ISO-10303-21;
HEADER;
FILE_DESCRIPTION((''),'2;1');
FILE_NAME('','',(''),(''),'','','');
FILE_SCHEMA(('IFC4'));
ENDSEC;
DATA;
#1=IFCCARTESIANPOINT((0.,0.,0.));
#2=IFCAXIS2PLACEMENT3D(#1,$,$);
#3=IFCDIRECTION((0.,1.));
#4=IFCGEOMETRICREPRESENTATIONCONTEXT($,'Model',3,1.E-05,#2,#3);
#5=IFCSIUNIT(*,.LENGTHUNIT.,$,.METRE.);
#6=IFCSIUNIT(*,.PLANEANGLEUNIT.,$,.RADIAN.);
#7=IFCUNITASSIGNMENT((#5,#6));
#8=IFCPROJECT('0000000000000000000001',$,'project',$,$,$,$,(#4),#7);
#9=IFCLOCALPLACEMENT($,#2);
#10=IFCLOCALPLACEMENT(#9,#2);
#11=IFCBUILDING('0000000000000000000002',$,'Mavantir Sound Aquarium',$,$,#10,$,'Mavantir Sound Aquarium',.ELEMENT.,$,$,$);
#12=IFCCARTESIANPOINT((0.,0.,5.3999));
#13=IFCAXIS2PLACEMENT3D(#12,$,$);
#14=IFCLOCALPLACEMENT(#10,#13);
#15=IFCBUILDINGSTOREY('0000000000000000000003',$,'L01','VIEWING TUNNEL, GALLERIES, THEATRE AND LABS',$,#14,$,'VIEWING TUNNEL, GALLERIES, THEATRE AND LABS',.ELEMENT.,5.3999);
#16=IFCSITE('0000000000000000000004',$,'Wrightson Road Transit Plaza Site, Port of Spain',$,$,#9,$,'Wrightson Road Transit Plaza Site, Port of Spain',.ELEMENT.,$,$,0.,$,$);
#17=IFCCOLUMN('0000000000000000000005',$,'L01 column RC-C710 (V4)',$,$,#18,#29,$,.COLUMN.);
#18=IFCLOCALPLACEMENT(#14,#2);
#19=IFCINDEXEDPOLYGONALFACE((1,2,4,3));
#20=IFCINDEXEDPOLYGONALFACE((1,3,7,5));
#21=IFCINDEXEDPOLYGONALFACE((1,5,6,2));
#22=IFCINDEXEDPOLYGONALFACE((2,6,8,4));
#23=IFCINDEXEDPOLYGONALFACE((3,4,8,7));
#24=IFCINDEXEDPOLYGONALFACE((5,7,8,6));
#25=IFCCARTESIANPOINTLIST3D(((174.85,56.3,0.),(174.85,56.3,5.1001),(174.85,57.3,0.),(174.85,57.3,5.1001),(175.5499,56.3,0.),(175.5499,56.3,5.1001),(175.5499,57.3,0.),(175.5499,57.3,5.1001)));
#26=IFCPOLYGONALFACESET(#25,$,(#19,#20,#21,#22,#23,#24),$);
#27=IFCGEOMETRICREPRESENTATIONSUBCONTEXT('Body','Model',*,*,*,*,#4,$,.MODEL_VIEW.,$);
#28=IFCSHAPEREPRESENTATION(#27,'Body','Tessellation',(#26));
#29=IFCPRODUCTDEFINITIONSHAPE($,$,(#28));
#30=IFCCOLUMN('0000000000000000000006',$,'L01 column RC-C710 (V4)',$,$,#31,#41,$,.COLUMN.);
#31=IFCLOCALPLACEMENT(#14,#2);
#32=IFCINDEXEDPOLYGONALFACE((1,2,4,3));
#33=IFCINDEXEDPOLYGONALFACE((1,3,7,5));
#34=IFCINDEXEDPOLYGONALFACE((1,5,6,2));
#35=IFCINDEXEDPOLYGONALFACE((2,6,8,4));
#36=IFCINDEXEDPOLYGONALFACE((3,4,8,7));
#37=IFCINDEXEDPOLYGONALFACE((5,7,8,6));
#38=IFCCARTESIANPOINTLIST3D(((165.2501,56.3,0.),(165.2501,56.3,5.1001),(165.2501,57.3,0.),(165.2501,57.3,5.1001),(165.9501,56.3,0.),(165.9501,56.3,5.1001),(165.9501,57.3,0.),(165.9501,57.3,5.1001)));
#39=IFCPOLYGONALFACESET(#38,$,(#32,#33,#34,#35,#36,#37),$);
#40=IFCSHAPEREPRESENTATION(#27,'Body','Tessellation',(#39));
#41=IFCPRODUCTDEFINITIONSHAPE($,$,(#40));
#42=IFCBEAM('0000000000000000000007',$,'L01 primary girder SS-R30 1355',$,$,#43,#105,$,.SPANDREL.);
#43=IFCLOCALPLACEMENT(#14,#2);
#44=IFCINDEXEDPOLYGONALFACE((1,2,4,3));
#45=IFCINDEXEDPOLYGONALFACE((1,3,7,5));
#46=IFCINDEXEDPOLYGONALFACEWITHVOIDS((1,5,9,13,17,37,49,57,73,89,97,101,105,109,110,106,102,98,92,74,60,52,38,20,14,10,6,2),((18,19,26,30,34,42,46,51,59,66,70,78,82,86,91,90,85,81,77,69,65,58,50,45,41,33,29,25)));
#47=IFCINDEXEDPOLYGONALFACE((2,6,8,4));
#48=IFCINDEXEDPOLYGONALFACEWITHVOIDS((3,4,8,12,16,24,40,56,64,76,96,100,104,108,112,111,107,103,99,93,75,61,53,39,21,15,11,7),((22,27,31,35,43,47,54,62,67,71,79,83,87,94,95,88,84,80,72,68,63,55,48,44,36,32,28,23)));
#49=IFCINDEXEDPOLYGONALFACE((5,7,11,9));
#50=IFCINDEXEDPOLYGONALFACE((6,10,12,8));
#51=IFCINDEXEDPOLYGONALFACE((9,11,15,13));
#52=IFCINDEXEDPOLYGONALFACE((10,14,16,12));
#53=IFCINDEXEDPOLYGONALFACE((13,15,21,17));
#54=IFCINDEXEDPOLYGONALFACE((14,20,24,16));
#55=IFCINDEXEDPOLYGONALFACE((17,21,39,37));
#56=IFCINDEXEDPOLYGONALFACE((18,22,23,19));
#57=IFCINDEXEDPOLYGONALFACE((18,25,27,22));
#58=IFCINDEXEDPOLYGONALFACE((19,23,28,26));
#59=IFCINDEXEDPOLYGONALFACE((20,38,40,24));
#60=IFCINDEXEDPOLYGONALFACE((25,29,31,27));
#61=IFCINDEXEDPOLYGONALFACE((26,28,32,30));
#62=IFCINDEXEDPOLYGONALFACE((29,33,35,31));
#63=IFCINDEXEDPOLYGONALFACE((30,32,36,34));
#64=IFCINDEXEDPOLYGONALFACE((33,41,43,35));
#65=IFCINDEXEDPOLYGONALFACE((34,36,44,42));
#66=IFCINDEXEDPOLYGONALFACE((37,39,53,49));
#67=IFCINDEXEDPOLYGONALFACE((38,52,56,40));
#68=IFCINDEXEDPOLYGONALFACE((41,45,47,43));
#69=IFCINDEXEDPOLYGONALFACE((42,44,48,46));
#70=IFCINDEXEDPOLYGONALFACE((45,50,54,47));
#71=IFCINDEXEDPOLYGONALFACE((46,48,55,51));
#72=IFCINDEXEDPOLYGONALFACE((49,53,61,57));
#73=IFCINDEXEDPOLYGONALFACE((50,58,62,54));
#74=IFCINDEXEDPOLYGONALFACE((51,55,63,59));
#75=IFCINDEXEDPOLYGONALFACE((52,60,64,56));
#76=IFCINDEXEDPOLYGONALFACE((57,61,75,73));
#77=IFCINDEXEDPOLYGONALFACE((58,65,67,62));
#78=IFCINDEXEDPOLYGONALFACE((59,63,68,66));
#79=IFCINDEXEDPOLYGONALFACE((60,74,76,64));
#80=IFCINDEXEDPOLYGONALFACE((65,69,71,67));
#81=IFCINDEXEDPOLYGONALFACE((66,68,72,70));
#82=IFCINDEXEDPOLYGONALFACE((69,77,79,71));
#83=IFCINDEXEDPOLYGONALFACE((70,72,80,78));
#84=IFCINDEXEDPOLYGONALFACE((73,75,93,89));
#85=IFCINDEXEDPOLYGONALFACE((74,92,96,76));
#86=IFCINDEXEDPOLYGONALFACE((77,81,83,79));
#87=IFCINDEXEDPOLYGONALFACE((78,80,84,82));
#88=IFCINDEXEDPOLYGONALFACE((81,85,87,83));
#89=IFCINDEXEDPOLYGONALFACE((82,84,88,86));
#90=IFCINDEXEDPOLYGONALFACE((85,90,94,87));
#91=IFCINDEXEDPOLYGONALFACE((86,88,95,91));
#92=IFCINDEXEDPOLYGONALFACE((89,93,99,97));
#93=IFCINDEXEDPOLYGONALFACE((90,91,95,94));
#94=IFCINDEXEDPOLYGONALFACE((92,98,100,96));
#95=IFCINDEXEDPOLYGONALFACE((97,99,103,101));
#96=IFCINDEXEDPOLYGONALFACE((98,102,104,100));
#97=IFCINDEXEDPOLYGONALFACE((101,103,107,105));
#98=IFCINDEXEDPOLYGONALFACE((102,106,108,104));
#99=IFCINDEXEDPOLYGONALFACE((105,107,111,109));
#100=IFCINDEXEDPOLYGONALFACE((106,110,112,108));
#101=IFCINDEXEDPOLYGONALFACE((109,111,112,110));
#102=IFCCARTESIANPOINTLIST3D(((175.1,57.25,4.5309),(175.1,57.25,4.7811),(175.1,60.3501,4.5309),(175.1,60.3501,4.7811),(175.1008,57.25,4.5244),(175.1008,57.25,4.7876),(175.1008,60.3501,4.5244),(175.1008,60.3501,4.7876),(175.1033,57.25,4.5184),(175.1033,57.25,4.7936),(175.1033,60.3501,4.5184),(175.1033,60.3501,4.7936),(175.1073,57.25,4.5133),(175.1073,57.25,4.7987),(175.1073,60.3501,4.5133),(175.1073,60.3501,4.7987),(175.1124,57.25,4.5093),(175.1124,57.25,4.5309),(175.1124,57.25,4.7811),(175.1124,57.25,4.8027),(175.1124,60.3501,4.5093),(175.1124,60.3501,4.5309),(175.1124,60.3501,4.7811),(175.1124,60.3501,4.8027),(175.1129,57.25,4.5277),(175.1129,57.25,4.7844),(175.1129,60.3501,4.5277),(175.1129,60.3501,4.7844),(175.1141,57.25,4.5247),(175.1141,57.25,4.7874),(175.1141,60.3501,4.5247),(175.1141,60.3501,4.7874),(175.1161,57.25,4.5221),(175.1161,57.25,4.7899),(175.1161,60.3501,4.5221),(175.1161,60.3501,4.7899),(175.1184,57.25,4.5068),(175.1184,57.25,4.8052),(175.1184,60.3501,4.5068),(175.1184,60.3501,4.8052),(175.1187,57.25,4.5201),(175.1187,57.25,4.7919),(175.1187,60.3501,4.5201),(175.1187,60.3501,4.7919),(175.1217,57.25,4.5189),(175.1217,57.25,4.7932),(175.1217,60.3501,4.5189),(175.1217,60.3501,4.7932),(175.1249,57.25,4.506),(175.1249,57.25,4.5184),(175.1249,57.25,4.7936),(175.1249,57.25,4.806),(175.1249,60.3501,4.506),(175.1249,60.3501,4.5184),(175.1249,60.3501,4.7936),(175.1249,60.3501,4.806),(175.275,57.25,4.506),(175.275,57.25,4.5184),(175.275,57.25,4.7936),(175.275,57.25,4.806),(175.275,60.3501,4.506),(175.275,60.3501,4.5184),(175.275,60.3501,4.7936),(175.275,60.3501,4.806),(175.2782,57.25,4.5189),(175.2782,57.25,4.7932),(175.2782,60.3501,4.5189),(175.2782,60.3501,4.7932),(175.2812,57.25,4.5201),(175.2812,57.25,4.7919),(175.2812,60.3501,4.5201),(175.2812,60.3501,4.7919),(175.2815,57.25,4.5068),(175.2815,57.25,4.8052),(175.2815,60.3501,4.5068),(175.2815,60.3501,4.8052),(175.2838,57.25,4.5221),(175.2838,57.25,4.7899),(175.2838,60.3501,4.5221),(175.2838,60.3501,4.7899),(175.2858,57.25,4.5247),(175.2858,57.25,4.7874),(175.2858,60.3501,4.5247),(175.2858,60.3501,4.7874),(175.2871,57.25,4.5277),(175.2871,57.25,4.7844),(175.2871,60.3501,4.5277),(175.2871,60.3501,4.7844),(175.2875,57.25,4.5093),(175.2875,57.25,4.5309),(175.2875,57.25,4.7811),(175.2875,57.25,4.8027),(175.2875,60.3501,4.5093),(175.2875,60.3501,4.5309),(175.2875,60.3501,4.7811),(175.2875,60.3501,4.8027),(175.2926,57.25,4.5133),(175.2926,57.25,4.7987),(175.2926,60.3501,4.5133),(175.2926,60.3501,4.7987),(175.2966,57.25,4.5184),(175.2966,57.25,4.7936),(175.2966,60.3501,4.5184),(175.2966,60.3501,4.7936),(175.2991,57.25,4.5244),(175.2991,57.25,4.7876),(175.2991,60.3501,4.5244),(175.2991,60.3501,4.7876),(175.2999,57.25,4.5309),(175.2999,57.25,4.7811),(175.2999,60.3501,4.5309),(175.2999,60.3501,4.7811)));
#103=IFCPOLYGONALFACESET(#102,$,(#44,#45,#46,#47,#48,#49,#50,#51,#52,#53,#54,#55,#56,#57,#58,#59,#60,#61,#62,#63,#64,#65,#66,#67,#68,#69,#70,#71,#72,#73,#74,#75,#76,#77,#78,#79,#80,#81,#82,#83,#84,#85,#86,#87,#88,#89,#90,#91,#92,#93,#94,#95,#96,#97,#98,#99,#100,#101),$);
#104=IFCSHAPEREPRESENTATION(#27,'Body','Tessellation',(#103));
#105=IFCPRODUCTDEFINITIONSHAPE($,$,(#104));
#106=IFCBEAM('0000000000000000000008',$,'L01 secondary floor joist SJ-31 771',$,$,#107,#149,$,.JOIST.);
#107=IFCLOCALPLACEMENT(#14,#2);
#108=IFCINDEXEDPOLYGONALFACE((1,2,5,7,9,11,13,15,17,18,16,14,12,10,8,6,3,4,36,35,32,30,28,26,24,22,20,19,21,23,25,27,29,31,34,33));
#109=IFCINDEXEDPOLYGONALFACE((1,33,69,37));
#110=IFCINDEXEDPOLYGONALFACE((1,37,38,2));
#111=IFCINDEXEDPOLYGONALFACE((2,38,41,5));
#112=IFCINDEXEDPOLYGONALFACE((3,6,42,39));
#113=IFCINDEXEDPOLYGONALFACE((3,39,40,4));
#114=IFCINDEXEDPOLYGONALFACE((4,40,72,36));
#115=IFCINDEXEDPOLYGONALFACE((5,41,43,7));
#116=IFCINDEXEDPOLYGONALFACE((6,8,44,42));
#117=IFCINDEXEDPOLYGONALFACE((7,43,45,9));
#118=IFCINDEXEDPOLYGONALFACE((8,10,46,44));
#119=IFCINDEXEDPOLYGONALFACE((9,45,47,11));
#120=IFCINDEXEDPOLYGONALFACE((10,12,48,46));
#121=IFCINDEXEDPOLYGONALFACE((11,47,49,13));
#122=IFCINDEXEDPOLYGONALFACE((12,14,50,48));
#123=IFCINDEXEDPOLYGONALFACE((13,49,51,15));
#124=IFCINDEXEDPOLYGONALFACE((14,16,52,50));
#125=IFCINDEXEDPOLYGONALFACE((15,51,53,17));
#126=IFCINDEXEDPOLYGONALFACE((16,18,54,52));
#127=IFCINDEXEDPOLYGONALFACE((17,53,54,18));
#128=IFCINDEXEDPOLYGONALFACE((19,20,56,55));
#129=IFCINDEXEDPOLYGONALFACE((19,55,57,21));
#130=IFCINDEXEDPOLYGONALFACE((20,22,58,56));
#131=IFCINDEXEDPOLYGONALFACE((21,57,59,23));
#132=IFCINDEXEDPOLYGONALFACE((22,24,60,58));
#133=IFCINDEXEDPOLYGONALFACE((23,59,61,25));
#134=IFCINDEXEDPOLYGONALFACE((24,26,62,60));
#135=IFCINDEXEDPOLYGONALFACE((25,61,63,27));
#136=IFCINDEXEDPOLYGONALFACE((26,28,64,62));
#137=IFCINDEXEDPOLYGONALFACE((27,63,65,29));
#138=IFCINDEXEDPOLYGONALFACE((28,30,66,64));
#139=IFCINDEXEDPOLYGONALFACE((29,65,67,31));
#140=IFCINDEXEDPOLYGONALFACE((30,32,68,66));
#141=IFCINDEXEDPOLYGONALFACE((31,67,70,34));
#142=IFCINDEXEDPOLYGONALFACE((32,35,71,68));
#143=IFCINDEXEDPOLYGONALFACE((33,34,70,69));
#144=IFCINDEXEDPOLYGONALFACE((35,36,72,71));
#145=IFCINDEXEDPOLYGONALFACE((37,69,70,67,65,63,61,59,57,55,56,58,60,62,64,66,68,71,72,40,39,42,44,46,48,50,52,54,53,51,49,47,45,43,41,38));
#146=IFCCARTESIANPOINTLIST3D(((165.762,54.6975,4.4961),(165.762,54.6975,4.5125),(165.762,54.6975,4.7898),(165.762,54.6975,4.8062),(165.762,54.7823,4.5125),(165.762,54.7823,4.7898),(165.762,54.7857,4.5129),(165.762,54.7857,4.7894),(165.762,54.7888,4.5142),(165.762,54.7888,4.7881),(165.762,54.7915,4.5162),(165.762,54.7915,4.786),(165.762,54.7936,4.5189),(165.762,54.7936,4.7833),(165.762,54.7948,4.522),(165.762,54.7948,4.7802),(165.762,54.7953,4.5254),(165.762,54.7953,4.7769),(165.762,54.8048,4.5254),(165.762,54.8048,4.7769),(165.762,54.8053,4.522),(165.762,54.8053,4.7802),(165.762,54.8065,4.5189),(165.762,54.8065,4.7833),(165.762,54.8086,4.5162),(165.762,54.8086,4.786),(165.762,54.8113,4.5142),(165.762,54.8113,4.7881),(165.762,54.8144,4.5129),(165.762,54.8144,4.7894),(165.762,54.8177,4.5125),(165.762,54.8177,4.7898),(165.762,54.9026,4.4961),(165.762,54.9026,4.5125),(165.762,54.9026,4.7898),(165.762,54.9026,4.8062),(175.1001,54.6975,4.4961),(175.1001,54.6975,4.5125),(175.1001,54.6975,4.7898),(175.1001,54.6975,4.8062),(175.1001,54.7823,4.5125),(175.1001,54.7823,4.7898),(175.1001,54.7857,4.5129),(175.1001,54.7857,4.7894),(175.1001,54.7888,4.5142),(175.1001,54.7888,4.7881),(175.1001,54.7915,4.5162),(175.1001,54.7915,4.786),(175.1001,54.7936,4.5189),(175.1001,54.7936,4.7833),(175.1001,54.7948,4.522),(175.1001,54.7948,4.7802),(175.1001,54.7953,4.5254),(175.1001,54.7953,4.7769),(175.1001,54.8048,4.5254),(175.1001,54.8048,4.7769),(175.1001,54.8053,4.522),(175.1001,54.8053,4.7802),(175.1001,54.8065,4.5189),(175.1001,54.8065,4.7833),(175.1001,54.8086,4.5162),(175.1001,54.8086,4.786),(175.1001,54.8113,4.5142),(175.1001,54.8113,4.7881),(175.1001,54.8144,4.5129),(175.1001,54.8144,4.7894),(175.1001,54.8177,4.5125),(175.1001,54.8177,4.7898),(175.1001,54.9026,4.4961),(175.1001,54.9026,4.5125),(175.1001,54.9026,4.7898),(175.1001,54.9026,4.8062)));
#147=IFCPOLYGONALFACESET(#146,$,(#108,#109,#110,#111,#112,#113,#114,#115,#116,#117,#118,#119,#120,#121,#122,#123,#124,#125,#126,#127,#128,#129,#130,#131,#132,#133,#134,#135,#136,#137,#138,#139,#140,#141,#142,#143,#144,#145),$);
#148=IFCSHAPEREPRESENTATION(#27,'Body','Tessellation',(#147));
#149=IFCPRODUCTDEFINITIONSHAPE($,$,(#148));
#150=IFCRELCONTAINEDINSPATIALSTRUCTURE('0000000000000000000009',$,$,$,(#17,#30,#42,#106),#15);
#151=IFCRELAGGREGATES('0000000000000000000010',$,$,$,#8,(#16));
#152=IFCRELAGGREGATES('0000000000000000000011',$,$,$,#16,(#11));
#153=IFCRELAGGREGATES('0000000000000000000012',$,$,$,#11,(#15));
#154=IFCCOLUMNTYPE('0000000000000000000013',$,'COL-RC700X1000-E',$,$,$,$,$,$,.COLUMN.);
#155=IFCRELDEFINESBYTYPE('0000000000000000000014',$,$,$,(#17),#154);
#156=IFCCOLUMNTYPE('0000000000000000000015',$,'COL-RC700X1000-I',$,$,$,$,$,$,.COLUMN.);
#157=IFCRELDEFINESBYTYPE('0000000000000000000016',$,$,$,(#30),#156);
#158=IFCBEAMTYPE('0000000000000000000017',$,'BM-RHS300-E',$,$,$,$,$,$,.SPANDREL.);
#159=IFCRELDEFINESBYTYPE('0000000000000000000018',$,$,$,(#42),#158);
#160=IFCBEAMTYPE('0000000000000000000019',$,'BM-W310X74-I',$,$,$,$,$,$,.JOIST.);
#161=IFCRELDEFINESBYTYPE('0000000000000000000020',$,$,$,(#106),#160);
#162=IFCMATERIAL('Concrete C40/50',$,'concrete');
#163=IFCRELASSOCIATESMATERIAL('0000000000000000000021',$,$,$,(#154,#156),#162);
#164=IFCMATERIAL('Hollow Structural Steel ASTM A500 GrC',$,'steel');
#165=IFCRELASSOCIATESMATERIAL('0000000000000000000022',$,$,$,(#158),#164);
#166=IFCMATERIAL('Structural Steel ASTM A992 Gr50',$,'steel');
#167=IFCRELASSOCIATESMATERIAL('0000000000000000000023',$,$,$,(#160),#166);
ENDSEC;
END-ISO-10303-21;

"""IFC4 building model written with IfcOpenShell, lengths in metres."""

from ifc_helpers import new_model, si_unit, direction, frame, origin, origin_2d, place, context, subcontext, project, spatial, rectangle, hollow_rectangle, i_section, extrude, material, material_profile, profile_set, type_object, element, save


model = new_model("IFC4")

# Units and contexts
model_context = context("Model", 3, precision=1e-05, world=origin(), true_north=direction((0.0, 1.0)))
body_context = subcontext(model_context, "Body", "Model", "MODEL_VIEW")
ifc_project = project(units=[si_unit("LENGTHUNIT", "METRE"), si_unit("PLANEANGLEUNIT", "RADIAN")], contexts=[model_context])

# Site, building, storey
site_placement = place(None, origin())
site = spatial("IfcSite", under=ifc_project, at=site_placement, Name="Wrightson Road Transit Plaza Site, Port of Spain", LongName="Wrightson Road Transit Plaza Site, Port of Spain", CompositionType="ELEMENT", RefElevation=0.0)
building_placement = place(site_placement, origin())
building = spatial("IfcBuilding", under=site, at=building_placement, Name="Mavantir Sound Aquarium", LongName="Mavantir Sound Aquarium", CompositionType="ELEMENT")
storey_placement = place(building_placement, frame((0.0, 0.0, 5.3999)))
storey = spatial("IfcBuildingStorey", under=building, at=storey_placement, Name="L01", Description="VIEWING TUNNEL, GALLERIES, THEATRE AND LABS", LongName="VIEWING TUNNEL, GALLERIES, THEATRE AND LABS", CompositionType="ELEMENT", Elevation=5.3999)

# Columns
ifc_material_1 = material(Name="Concrete C40/50", Category="concrete")
ifc_material_profile_1 = material_profile(ifc_material_1, rectangle(XDim=0.7, YDim=1.0, at=origin_2d()), Name="RC 700X1000")
ifc_profile_set_1 = profile_set([ifc_material_profile_1], Name="Concrete C40/50")
column_type_1 = type_object("IfcColumnType", Name="COL-RC700X1000-E", PredefinedType="COLUMN", material=ifc_profile_set_1)
column_1_placement = place(storey_placement, frame((175.2, 56.8, 0.0), z_axis=(0.0, 0.0, 1.0), x_axis=(1.0, 0.0, 0.0)))
element("IfcColumn", 1, at=column_1_placement, inside=storey, type_object=column_type_1, Name="L01 column RC-C710 (V4)", PredefinedType="COLUMN", context=body_context, shape_type="SweptSolid", body=[
    extrude(rectangle(XDim=0.7, YDim=1.0, at=origin_2d()), origin(), (0.0, 0.0, 1.0), 5.1001),
])
ifc_material_profile_2 = material_profile(ifc_material_1, rectangle(XDim=0.7, YDim=1.0, at=origin_2d()), Name="RC 700X1000")
ifc_profile_set_2 = profile_set([ifc_material_profile_2], Name="Concrete C40/50")
column_type_2 = type_object("IfcColumnType", Name="COL-RC700X1000-I", PredefinedType="COLUMN", material=ifc_profile_set_2)
column_2_placement = place(storey_placement, frame((165.6001, 56.8, 0.0), z_axis=(0.0, 0.0, 1.0), x_axis=(1.0, 0.0, 0.0)))
element("IfcColumn", 2, at=column_2_placement, inside=storey, type_object=column_type_2, Name="L01 column RC-C710 (V4)", PredefinedType="COLUMN", context=body_context, shape_type="SweptSolid", body=[
    extrude(rectangle(XDim=0.7, YDim=1.0, at=origin_2d()), origin(), (0.0, 0.0, 1.0), 5.1001),
])

# Beams
ifc_material_2 = material(Name="Hollow Structural Steel ASTM A500 GrC", Category="steel")
ifc_material_profile_3 = material_profile(ifc_material_2, hollow_rectangle(XDim=0.2, YDim=0.3, WallThickness=0.0125, InnerFilletRadius=0.0125, OuterFilletRadius=0.0249, at=origin_2d()), Name="RHS 300X200X12.5")
ifc_profile_set_3 = profile_set([ifc_material_profile_3], Name="Hollow Structural Steel ASTM A500 GrC")
beam_type_1 = type_object("IfcBeamType", Name="BM-RHS300-E", PredefinedType="SPANDREL", material=ifc_profile_set_3)
beam_1_placement = place(storey_placement, frame((175.2, 57.25, 4.656), z_axis=(0.0, 1.0, 0.0), x_axis=(-1.0, 0.0, 0.0)))
element("IfcBeam", 3, at=beam_1_placement, inside=storey, type_object=beam_type_1, Name="L01 primary girder SS-R30 1355", PredefinedType="SPANDREL", context=body_context, shape_type="SweptSolid", body=[
    extrude(hollow_rectangle(XDim=0.2, YDim=0.3, WallThickness=0.0125, InnerFilletRadius=0.0125, OuterFilletRadius=0.0249, at=origin_2d()), origin(), (0.0, 0.0, 1.0), 3.1001),
])
ifc_material_3 = material(Name="Structural Steel ASTM A992 Gr50", Category="steel")
ifc_material_profile_4 = material_profile(ifc_material_3, i_section(OverallWidth=0.2051, OverallDepth=0.3101, WebThickness=0.0095, FlangeThickness=0.0164, FilletRadius=0.0129, at=origin_2d()), Name="W310X74")
ifc_profile_set_4 = profile_set([ifc_material_profile_4], Name="Structural Steel ASTM A992 Gr50")
beam_type_2 = type_object("IfcBeamType", Name="BM-W310X74-I", PredefinedType="JOIST", material=ifc_profile_set_4)
beam_2_placement = place(storey_placement, frame((165.762, 54.8, 4.6511), z_axis=(1.0, 0.0, 0.0), x_axis=(0.0, 1.0, 0.0)))
element("IfcBeam", 4, at=beam_2_placement, inside=storey, type_object=beam_type_2, Name="L01 secondary floor joist SJ-31 771", PredefinedType="JOIST", context=body_context, shape_type="SweptSolid", body=[
    extrude(i_section(OverallWidth=0.2051, OverallDepth=0.3101, WebThickness=0.0095, FlangeThickness=0.0164, FilletRadius=0.0129, at=origin_2d()), origin(), (0.0, 0.0, 1.0), 9.3381),
])

save(model, "model.ifc")
